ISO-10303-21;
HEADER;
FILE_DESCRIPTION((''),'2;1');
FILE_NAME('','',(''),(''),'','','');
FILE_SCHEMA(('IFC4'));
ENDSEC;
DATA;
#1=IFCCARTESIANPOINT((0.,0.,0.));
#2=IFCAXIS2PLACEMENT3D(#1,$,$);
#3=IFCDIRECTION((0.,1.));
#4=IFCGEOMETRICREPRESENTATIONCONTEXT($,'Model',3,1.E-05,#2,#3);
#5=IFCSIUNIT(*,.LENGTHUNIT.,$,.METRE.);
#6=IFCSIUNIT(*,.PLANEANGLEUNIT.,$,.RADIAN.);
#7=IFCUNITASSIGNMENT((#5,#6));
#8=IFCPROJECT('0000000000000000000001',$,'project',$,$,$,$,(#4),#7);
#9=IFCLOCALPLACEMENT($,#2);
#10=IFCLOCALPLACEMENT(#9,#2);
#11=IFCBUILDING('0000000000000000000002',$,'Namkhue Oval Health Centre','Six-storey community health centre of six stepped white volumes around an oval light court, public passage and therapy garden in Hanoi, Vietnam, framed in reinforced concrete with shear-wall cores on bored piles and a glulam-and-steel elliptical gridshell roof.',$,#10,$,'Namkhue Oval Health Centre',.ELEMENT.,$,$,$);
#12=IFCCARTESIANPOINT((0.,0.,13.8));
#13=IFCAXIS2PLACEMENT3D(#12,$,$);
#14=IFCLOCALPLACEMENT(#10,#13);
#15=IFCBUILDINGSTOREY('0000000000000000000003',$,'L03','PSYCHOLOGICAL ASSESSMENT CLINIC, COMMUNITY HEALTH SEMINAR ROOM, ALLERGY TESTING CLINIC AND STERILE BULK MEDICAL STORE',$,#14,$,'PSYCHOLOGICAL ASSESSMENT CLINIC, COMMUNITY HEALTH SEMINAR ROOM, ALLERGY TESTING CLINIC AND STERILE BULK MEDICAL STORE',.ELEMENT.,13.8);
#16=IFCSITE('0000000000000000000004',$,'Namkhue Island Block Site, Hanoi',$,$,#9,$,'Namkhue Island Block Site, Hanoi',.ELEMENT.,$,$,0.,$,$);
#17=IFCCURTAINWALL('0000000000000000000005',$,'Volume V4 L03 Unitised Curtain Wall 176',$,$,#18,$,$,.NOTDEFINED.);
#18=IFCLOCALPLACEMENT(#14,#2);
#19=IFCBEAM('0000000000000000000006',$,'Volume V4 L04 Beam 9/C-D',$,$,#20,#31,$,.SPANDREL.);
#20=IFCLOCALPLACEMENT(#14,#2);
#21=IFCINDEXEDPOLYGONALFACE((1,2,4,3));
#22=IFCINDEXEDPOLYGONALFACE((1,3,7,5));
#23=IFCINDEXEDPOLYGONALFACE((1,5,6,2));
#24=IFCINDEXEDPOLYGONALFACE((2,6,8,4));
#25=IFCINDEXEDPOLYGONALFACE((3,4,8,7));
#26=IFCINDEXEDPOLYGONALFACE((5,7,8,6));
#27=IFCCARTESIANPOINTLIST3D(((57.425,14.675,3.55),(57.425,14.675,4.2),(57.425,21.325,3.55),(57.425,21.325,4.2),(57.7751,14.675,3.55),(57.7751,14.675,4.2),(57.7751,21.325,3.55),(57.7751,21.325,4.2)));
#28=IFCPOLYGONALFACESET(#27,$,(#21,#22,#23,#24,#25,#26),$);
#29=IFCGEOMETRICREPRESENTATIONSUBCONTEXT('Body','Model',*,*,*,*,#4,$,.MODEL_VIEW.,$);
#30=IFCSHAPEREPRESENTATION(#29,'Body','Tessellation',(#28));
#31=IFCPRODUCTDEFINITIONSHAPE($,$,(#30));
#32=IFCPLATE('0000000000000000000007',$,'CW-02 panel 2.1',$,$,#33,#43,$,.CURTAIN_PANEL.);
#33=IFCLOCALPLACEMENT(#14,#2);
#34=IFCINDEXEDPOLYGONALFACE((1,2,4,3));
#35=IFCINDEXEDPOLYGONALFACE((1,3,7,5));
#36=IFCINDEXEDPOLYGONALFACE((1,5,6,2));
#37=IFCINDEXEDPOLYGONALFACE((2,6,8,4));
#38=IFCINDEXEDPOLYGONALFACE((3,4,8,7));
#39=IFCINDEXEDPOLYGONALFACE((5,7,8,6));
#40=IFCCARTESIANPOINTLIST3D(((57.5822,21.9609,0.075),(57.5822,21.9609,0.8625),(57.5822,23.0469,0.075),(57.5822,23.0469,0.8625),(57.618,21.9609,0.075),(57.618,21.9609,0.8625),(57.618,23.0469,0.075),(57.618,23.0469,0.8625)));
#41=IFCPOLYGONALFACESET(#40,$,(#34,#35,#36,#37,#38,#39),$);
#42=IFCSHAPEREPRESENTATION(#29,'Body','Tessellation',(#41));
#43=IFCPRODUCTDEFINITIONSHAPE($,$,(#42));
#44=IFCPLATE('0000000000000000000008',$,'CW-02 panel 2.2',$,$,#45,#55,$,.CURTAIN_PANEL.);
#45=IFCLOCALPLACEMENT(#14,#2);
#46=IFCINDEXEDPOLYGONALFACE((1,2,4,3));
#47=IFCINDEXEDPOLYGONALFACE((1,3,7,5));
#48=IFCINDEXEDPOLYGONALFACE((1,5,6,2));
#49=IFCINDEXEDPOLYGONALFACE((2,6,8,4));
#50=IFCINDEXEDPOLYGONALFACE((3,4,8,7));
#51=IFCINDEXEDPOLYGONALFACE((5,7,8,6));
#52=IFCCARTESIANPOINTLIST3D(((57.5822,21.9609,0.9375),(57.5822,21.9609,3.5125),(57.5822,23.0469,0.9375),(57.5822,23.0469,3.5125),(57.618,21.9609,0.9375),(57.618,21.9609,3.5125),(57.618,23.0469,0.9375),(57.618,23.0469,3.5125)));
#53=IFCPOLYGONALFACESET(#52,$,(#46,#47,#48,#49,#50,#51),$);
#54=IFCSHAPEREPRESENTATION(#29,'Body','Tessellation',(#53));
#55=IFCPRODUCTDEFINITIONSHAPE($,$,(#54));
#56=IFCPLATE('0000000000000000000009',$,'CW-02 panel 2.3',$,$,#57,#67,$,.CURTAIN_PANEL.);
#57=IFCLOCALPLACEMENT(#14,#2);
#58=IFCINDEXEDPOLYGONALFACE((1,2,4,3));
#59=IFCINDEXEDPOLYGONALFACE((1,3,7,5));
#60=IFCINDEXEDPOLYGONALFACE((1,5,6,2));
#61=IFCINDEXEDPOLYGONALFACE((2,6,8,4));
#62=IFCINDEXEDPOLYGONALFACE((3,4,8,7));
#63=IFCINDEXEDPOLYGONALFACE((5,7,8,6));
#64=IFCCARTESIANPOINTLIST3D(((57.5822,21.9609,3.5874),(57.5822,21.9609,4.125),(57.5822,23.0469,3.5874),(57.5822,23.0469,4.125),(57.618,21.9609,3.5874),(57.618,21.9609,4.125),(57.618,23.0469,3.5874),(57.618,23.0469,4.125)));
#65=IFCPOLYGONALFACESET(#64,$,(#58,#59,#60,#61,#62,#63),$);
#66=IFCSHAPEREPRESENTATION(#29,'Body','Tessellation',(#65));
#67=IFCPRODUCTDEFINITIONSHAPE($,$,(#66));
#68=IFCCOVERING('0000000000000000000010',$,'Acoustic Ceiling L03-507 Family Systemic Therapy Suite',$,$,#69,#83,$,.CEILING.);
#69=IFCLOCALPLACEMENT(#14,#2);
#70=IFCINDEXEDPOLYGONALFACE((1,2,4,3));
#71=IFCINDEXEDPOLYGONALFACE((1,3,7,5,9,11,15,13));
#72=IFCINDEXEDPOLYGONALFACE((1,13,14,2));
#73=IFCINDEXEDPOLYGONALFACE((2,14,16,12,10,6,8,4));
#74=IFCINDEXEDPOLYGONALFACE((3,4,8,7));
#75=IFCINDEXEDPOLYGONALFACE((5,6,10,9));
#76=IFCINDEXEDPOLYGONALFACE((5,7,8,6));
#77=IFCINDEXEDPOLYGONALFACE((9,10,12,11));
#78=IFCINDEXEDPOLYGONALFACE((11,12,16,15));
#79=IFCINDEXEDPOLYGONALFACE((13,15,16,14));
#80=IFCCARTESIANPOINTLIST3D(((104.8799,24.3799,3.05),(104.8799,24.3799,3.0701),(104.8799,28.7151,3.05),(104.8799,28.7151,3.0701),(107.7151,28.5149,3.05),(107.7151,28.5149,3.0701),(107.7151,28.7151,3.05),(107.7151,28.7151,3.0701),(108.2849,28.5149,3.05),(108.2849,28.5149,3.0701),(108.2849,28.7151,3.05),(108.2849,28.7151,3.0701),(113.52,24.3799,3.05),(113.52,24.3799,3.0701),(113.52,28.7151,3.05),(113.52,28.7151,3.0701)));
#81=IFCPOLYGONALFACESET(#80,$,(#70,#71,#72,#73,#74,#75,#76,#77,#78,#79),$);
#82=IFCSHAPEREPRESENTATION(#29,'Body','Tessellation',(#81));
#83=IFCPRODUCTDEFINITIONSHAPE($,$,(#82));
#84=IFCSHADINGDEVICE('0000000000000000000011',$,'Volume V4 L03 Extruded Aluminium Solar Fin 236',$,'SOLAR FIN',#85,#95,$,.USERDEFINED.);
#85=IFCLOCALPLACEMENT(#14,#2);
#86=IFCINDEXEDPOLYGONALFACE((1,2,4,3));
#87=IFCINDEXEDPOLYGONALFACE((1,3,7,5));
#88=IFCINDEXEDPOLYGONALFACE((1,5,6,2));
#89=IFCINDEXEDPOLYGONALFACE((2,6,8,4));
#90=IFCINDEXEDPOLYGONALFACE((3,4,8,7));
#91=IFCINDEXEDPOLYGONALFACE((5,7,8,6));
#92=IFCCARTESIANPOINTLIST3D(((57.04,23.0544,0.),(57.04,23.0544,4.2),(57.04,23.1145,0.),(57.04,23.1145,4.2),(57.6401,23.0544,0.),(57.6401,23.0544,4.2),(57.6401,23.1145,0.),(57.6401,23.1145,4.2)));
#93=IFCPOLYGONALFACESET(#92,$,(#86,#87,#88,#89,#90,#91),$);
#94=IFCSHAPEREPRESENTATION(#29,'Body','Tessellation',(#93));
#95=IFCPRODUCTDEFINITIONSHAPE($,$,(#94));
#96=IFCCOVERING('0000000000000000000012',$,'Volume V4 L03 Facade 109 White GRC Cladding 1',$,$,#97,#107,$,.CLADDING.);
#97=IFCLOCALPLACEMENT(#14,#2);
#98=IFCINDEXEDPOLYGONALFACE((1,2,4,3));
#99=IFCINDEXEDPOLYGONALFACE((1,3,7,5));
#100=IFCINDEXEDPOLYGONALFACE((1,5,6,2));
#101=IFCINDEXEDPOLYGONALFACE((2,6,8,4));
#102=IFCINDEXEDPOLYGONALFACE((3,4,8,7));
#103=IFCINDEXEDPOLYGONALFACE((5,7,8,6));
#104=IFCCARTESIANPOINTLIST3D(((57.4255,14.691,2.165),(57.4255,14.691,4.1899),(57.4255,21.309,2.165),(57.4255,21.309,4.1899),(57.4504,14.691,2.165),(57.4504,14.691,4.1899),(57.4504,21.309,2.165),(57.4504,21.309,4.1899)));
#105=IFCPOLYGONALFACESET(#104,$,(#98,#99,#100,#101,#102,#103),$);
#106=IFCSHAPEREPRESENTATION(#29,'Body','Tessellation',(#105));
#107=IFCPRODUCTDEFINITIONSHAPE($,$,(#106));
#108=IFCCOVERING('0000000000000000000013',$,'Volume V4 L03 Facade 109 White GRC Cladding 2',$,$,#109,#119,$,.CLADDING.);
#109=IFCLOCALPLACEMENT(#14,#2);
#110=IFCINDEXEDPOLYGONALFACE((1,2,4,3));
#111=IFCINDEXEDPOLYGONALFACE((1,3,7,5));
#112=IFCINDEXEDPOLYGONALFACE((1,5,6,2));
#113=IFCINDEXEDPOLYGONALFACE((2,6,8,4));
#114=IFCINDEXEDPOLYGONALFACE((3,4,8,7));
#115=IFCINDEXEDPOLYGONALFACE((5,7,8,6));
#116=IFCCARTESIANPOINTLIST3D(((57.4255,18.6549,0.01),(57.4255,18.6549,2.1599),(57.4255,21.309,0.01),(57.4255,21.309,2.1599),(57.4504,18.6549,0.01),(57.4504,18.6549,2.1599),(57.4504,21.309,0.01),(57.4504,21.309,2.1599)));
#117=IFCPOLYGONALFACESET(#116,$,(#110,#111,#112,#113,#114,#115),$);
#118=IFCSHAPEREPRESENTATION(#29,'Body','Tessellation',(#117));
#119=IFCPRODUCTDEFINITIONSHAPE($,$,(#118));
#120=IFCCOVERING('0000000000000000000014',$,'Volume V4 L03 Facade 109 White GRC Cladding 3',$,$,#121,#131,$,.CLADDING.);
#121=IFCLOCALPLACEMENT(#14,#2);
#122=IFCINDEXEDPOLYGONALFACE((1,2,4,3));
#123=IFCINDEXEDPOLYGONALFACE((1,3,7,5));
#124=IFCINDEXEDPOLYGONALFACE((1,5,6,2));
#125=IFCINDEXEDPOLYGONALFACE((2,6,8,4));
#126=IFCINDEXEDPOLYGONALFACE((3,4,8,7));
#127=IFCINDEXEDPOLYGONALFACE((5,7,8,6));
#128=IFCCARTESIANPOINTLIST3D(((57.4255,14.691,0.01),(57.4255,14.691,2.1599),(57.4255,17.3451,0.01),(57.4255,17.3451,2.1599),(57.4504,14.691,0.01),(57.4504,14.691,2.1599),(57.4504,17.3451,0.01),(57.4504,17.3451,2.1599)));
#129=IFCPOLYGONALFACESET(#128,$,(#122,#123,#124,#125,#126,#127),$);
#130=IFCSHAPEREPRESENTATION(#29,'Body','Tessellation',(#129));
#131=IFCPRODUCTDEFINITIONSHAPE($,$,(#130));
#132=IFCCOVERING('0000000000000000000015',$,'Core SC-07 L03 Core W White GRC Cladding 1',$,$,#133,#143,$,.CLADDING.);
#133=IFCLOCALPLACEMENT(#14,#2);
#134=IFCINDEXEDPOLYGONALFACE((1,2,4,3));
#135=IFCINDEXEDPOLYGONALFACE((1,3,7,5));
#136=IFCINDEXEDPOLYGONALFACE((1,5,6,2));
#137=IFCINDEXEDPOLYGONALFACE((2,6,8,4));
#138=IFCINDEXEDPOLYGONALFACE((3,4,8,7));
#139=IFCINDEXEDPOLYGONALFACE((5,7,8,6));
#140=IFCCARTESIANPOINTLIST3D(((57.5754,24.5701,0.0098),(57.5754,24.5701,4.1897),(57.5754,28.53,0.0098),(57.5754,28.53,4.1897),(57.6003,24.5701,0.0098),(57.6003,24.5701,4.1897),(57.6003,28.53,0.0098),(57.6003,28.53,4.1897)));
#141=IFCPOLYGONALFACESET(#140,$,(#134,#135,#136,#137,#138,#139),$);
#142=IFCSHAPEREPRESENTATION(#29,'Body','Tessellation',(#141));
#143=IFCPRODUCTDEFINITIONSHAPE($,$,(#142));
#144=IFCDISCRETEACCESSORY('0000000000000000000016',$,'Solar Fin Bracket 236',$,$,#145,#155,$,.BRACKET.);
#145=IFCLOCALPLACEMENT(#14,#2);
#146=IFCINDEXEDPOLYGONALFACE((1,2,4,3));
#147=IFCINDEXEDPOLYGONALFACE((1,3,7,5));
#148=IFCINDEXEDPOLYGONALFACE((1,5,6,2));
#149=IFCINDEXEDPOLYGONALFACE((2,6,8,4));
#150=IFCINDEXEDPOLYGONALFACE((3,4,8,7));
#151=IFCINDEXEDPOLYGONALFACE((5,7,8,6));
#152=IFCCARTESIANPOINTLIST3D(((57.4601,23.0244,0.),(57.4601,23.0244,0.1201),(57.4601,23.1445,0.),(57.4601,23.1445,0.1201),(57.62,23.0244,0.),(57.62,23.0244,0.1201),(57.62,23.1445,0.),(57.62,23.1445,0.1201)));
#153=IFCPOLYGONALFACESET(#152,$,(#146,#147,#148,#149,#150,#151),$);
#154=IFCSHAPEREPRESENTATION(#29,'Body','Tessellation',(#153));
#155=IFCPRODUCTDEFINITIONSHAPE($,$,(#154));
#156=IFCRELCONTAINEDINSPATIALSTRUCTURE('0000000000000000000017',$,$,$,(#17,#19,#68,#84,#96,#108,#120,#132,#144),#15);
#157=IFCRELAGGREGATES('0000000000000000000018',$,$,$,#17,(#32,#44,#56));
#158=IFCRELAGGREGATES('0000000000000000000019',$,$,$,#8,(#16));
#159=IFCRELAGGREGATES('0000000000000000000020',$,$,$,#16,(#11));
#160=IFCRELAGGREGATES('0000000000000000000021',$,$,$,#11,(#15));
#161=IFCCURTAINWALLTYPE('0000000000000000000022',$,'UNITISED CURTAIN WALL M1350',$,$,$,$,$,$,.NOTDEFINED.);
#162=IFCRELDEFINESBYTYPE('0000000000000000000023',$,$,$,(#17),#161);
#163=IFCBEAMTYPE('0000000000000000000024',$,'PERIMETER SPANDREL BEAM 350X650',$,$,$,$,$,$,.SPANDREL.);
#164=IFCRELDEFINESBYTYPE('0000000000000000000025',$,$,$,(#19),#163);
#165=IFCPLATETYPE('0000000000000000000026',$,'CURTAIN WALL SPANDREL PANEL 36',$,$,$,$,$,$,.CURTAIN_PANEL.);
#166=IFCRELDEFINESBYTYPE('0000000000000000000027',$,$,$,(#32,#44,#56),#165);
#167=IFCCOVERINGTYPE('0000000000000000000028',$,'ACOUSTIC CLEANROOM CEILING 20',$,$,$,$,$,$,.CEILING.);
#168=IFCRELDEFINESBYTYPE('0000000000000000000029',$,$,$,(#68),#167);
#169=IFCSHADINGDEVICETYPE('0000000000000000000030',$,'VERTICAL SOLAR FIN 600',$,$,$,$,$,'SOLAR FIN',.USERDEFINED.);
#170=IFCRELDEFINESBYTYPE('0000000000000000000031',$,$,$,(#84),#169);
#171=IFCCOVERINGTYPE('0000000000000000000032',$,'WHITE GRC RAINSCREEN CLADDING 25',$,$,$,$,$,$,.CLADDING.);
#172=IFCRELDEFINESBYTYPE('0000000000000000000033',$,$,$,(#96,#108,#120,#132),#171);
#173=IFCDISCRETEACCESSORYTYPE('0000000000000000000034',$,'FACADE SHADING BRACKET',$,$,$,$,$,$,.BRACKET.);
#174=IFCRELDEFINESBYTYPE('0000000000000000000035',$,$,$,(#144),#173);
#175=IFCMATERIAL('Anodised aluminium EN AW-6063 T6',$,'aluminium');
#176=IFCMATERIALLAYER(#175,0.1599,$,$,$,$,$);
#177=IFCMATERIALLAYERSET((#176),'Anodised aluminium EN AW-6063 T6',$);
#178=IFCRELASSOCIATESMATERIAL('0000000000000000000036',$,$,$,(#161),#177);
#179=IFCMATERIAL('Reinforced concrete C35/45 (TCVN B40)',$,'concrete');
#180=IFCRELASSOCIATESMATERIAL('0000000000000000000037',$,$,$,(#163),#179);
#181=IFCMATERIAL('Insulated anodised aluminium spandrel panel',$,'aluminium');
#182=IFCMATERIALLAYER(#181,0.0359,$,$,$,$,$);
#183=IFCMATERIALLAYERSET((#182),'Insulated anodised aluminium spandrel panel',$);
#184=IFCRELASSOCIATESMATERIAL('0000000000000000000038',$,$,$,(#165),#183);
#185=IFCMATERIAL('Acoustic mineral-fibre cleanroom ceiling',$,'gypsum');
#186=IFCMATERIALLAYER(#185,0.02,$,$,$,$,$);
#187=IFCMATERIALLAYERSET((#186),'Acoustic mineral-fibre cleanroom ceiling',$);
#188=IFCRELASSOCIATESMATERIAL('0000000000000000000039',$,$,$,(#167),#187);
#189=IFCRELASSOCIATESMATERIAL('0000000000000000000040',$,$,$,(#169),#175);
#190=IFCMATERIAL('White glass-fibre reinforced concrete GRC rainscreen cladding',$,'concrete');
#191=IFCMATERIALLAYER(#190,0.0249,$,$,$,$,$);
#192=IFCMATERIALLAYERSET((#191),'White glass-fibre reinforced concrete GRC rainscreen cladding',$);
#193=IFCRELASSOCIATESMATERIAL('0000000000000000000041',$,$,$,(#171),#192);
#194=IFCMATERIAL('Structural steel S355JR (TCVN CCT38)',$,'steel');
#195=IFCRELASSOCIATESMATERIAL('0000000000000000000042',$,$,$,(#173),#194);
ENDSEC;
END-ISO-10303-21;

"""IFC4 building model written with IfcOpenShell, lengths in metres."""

from ifc_helpers import new_model, si_unit, direction, frame, origin, origin_2d, place, context, subcontext, project, spatial, polyline, rectangle, outline, extrude, material, layer, layer_set, material_profile, profile_set, type_object, element, aggregate, save


model = new_model("IFC4")

# Units and contexts
model_context = context("Model", 3, precision=1e-05, world=origin(), true_north=direction((0.0, 1.0)))
body_context = subcontext(model_context, "Body", "Model", "MODEL_VIEW")
ifc_project = project(units=[si_unit("LENGTHUNIT", "METRE"), si_unit("PLANEANGLEUNIT", "RADIAN")], contexts=[model_context])

# Site, building, storey
site_placement = place(None, origin())
site = spatial("IfcSite", under=ifc_project, at=site_placement, Name="Namkhue Island Block Site, Hanoi", LongName="Namkhue Island Block Site, Hanoi", CompositionType="ELEMENT", RefElevation=0.0)
building_placement = place(site_placement, origin())
building = spatial("IfcBuilding", under=site, at=building_placement, Name="Namkhue Oval Health Centre", Description="Six-storey community health centre of six stepped white volumes around an oval light court, public passage and therapy garden in Hanoi, Vietnam, framed in reinforced concrete with shear-wall cores on bored piles and a glulam-and-steel elliptical gridshell roof.", LongName="Namkhue Oval Health Centre", CompositionType="ELEMENT")
storey_placement = place(building_placement, frame((0.0, 0.0, 13.8)))
storey = spatial("IfcBuildingStorey", under=building, at=storey_placement, Name="L03", Description="PSYCHOLOGICAL ASSESSMENT CLINIC, COMMUNITY HEALTH SEMINAR ROOM, ALLERGY TESTING CLINIC AND STERILE BULK MEDICAL STORE", LongName="PSYCHOLOGICAL ASSESSMENT CLINIC, COMMUNITY HEALTH SEMINAR ROOM, ALLERGY TESTING CLINIC AND STERILE BULK MEDICAL STORE", CompositionType="ELEMENT", Elevation=13.8)

# Shared definitions
ifc_material_1 = material(Name="Reinforced concrete C35/45 (TCVN B40)", Category="concrete")

# Curtain wall
ifc_material_2 = material(Name="Anodised aluminium EN AW-6063 T6", Category="aluminium")
ifc_layer_1 = layer(ifc_material_2, 0.1599)
ifc_layer_set_1 = layer_set([ifc_layer_1], Name="Anodised aluminium EN AW-6063 T6")
curtain_wall_type = type_object("IfcCurtainWallType", Name="UNITISED CURTAIN WALL M1350", PredefinedType="NOTDEFINED", material=ifc_layer_set_1)
curtain_wall_placement = place(storey_placement, origin())
curtain_wall = element("IfcCurtainWall", 1, at=curtain_wall_placement, inside=storey, type_object=curtain_wall_type, Name="Volume V4 L03 Unitised Curtain Wall 176", PredefinedType="NOTDEFINED")

# Beam
ifc_material_profile_1 = material_profile(ifc_material_1, rectangle(XDim=0.3501, YDim=0.6499, at=origin_2d()), Name="RC 350x650")
ifc_profile_set_1 = profile_set([ifc_material_profile_1], Name="Reinforced concrete C35/45 (TCVN B40)")
beam_type = type_object("IfcBeamType", Name="PERIMETER SPANDREL BEAM 350X650", PredefinedType="SPANDREL", material=ifc_profile_set_1)
beam_placement = place(storey_placement, frame((57.6001, 14.675, 3.875), z_axis=(0.0, 1.0, 0.0), x_axis=(-1.0, 0.0, 0.0)))
element("IfcBeam", 2, at=beam_placement, inside=storey, type_object=beam_type, Name="Volume V4 L04 Beam 9/C-D", PredefinedType="SPANDREL", context=body_context, shape_type="SweptSolid", body=[
    extrude(rectangle(XDim=0.3501, YDim=0.6499, at=origin_2d()), origin(), (0.0, 0.0, 1.0), 6.6499),
])

# Plates
ifc_material_3 = material(Name="Insulated anodised aluminium spandrel panel", Category="aluminium")
ifc_layer_2 = layer(ifc_material_3, 0.0359)
ifc_layer_set_2 = layer_set([ifc_layer_2], Name="Insulated anodised aluminium spandrel panel")
plate_type = type_object("IfcPlateType", Name="CURTAIN WALL SPANDREL PANEL 36", PredefinedType="CURTAIN_PANEL", material=ifc_layer_set_2)
plate_1_placement = place(storey_placement, frame((57.6001, 22.5039, 0.075), z_axis=(0.0, 0.0, 1.0), x_axis=(0.0, -1.0, 0.0)))
plate_1 = element("IfcPlate", 3, at=plate_1_placement, type_object=plate_type, Name="CW-02 panel 2.1", PredefinedType="CURTAIN_PANEL", context=body_context, shape_type="SweptSolid", body=[
    extrude(rectangle(XDim=1.0859, YDim=0.0359, at=origin_2d()), origin(), (0.0, 0.0, 1.0), 0.7876),
])
plate_2_placement = place(storey_placement, frame((57.6001, 22.5039, 0.9375), z_axis=(0.0, 0.0, 1.0), x_axis=(0.0, -1.0, 0.0)))
plate_2 = element("IfcPlate", 4, at=plate_2_placement, type_object=plate_type, Name="CW-02 panel 2.2", PredefinedType="CURTAIN_PANEL", context=body_context, shape_type="SweptSolid", body=[
    extrude(rectangle(XDim=1.0859, YDim=0.0359, at=origin_2d()), origin(), (0.0, 0.0, 1.0), 2.575),
])
plate_3_placement = place(storey_placement, frame((57.6001, 22.5039, 3.5874), z_axis=(0.0, 0.0, 1.0), x_axis=(0.0, -1.0, 0.0)))
plate_3 = element("IfcPlate", 5, at=plate_3_placement, type_object=plate_type, Name="CW-02 panel 2.3", PredefinedType="CURTAIN_PANEL", context=body_context, shape_type="SweptSolid", body=[
    extrude(rectangle(XDim=1.0859, YDim=0.0359, at=origin_2d()), origin(), (0.0, 0.0, 1.0), 0.5376),
])
aggregate(curtain_wall, [plate_1, plate_2, plate_3])

# Covering
ifc_material_4 = material(Name="Acoustic mineral-fibre cleanroom ceiling", Category="gypsum")
ifc_layer_3 = layer(ifc_material_4, 0.02)
ifc_layer_set_3 = layer_set([ifc_layer_3], Name="Acoustic mineral-fibre cleanroom ceiling")
covering_type_1 = type_object("IfcCoveringType", Name="ACOUSTIC CLEANROOM CEILING 20", PredefinedType="CEILING", material=ifc_layer_set_3)
covering_1_placement = place(storey_placement, frame((0.0, 0.0, 3.05)))
element("IfcCovering", 6, at=covering_1_placement, inside=storey, type_object=covering_type_1, Name="Acoustic Ceiling L03-507 Family Systemic Therapy Suite", PredefinedType="CEILING", context=body_context, shape_type="SweptSolid", body=[
    extrude(outline(polyline([(104.8799, 24.3799), (104.8799, 28.7151), (107.7151, 28.7151), (107.7151, 28.5149), (108.2849, 28.5149), (108.2849, 28.7151), (113.52, 28.7151), (113.52, 24.3799), (104.8799, 24.3799)])), origin(), (0.0, 0.0, 1.0), 0.02),
])

# Shading device
shading_device_type = type_object("IfcShadingDeviceType", Name="VERTICAL SOLAR FIN 600", ElementType="SOLAR FIN", PredefinedType="USERDEFINED", material=ifc_material_2)
shading_device_placement = place(storey_placement, frame((57.3401, 23.0845, 0.0), z_axis=(0.0, 0.0, 1.0), x_axis=(-1.0, 0.0, 0.0)))
element("IfcShadingDevice", 7, at=shading_device_placement, inside=storey, type_object=shading_device_type, Name="Volume V4 L03 Extruded Aluminium Solar Fin 236", ObjectType="SOLAR FIN", PredefinedType="USERDEFINED", context=body_context, shape_type="SweptSolid", body=[
    extrude(rectangle(XDim=0.6001, YDim=0.0601, at=origin_2d()), origin(), (0.0, 0.0, 1.0), 4.2),
])

# Coverings
ifc_material_5 = material(Name="White glass-fibre reinforced concrete GRC rainscreen cladding", Category="concrete")
ifc_layer_4 = layer(ifc_material_5, 0.0249)
ifc_layer_set_4 = layer_set([ifc_layer_4], Name="White glass-fibre reinforced concrete GRC rainscreen cladding")
covering_type_2 = type_object("IfcCoveringType", Name="WHITE GRC RAINSCREEN CLADDING 25", PredefinedType="CLADDING", material=ifc_layer_set_4)
covering_2_placement = place(storey_placement, frame((57.438, 18.0, 2.165), z_axis=(0.0, 0.0, 1.0), x_axis=(0.0, -1.0, 0.0)))
element("IfcCovering", 8, at=covering_2_placement, inside=storey, type_object=covering_type_2, Name="Volume V4 L03 Facade 109 White GRC Cladding 1", PredefinedType="CLADDING", context=body_context, shape_type="SweptSolid", body=[
    extrude(rectangle(XDim=6.6179, YDim=0.0249, at=origin_2d()), origin(), (0.0, 0.0, 1.0), 2.0249),
])
for number, where, z_axis, x_axis, name in (
    (9, (57.438, 19.9819, 0.01), (0.0, 0.0, 1.0), (0.0, -1.0, 0.0), "Volume V4 L03 Facade 109 White GRC Cladding 2"),
    (10, (57.438, 16.0181, 0.01), (0.0, 0.0, 1.0), (0.0, -1.0, 0.0), "Volume V4 L03 Facade 109 White GRC Cladding 3"),
):
    element("IfcCovering", number, at=place(storey_placement, frame(where, z_axis=z_axis, x_axis=x_axis)), inside=storey, type_object=covering_type_2, Name=name, PredefinedType="CLADDING", context=body_context, shape_type="SweptSolid", body=[
        extrude(rectangle(XDim=2.6541, YDim=0.0249, at=origin_2d()), origin(), (0.0, 0.0, 1.0), 2.1499),
    ])
covering_3_placement = place(storey_placement, frame((57.5879, 26.55, 0.0098), z_axis=(0.0, 0.0, 1.0), x_axis=(0.0, -1.0, 0.0)))
element("IfcCovering", 11, at=covering_3_placement, inside=storey, type_object=covering_type_2, Name="Core SC-07 L03 Core W White GRC Cladding 1", PredefinedType="CLADDING", context=body_context, shape_type="SweptSolid", body=[
    extrude(rectangle(XDim=3.96, YDim=0.0249, at=origin_2d()), origin(), (0.0, 0.0, 1.0), 4.1799),
])

# Discrete accessory
ifc_material_6 = material(Name="Structural steel S355JR (TCVN CCT38)", Category="steel")
discrete_accessory_type = type_object("IfcDiscreteAccessoryType", Name="FACADE SHADING BRACKET", PredefinedType="BRACKET", material=ifc_material_6)
discrete_accessory_placement = place(storey_placement, frame((57.54, 23.0845, 0.0), z_axis=(0.0, 0.0, 1.0), x_axis=(-1.0, 0.0, 0.0)))
element("IfcDiscreteAccessory", 12, at=discrete_accessory_placement, inside=storey, type_object=discrete_accessory_type, Name="Solar Fin Bracket 236", PredefinedType="BRACKET", context=body_context, shape_type="SweptSolid", body=[
    extrude(rectangle(XDim=0.1599, YDim=0.1201, at=origin_2d()), origin(), (0.0, 0.0, 1.0), 0.1201),
])

save(model, "model.ifc")
